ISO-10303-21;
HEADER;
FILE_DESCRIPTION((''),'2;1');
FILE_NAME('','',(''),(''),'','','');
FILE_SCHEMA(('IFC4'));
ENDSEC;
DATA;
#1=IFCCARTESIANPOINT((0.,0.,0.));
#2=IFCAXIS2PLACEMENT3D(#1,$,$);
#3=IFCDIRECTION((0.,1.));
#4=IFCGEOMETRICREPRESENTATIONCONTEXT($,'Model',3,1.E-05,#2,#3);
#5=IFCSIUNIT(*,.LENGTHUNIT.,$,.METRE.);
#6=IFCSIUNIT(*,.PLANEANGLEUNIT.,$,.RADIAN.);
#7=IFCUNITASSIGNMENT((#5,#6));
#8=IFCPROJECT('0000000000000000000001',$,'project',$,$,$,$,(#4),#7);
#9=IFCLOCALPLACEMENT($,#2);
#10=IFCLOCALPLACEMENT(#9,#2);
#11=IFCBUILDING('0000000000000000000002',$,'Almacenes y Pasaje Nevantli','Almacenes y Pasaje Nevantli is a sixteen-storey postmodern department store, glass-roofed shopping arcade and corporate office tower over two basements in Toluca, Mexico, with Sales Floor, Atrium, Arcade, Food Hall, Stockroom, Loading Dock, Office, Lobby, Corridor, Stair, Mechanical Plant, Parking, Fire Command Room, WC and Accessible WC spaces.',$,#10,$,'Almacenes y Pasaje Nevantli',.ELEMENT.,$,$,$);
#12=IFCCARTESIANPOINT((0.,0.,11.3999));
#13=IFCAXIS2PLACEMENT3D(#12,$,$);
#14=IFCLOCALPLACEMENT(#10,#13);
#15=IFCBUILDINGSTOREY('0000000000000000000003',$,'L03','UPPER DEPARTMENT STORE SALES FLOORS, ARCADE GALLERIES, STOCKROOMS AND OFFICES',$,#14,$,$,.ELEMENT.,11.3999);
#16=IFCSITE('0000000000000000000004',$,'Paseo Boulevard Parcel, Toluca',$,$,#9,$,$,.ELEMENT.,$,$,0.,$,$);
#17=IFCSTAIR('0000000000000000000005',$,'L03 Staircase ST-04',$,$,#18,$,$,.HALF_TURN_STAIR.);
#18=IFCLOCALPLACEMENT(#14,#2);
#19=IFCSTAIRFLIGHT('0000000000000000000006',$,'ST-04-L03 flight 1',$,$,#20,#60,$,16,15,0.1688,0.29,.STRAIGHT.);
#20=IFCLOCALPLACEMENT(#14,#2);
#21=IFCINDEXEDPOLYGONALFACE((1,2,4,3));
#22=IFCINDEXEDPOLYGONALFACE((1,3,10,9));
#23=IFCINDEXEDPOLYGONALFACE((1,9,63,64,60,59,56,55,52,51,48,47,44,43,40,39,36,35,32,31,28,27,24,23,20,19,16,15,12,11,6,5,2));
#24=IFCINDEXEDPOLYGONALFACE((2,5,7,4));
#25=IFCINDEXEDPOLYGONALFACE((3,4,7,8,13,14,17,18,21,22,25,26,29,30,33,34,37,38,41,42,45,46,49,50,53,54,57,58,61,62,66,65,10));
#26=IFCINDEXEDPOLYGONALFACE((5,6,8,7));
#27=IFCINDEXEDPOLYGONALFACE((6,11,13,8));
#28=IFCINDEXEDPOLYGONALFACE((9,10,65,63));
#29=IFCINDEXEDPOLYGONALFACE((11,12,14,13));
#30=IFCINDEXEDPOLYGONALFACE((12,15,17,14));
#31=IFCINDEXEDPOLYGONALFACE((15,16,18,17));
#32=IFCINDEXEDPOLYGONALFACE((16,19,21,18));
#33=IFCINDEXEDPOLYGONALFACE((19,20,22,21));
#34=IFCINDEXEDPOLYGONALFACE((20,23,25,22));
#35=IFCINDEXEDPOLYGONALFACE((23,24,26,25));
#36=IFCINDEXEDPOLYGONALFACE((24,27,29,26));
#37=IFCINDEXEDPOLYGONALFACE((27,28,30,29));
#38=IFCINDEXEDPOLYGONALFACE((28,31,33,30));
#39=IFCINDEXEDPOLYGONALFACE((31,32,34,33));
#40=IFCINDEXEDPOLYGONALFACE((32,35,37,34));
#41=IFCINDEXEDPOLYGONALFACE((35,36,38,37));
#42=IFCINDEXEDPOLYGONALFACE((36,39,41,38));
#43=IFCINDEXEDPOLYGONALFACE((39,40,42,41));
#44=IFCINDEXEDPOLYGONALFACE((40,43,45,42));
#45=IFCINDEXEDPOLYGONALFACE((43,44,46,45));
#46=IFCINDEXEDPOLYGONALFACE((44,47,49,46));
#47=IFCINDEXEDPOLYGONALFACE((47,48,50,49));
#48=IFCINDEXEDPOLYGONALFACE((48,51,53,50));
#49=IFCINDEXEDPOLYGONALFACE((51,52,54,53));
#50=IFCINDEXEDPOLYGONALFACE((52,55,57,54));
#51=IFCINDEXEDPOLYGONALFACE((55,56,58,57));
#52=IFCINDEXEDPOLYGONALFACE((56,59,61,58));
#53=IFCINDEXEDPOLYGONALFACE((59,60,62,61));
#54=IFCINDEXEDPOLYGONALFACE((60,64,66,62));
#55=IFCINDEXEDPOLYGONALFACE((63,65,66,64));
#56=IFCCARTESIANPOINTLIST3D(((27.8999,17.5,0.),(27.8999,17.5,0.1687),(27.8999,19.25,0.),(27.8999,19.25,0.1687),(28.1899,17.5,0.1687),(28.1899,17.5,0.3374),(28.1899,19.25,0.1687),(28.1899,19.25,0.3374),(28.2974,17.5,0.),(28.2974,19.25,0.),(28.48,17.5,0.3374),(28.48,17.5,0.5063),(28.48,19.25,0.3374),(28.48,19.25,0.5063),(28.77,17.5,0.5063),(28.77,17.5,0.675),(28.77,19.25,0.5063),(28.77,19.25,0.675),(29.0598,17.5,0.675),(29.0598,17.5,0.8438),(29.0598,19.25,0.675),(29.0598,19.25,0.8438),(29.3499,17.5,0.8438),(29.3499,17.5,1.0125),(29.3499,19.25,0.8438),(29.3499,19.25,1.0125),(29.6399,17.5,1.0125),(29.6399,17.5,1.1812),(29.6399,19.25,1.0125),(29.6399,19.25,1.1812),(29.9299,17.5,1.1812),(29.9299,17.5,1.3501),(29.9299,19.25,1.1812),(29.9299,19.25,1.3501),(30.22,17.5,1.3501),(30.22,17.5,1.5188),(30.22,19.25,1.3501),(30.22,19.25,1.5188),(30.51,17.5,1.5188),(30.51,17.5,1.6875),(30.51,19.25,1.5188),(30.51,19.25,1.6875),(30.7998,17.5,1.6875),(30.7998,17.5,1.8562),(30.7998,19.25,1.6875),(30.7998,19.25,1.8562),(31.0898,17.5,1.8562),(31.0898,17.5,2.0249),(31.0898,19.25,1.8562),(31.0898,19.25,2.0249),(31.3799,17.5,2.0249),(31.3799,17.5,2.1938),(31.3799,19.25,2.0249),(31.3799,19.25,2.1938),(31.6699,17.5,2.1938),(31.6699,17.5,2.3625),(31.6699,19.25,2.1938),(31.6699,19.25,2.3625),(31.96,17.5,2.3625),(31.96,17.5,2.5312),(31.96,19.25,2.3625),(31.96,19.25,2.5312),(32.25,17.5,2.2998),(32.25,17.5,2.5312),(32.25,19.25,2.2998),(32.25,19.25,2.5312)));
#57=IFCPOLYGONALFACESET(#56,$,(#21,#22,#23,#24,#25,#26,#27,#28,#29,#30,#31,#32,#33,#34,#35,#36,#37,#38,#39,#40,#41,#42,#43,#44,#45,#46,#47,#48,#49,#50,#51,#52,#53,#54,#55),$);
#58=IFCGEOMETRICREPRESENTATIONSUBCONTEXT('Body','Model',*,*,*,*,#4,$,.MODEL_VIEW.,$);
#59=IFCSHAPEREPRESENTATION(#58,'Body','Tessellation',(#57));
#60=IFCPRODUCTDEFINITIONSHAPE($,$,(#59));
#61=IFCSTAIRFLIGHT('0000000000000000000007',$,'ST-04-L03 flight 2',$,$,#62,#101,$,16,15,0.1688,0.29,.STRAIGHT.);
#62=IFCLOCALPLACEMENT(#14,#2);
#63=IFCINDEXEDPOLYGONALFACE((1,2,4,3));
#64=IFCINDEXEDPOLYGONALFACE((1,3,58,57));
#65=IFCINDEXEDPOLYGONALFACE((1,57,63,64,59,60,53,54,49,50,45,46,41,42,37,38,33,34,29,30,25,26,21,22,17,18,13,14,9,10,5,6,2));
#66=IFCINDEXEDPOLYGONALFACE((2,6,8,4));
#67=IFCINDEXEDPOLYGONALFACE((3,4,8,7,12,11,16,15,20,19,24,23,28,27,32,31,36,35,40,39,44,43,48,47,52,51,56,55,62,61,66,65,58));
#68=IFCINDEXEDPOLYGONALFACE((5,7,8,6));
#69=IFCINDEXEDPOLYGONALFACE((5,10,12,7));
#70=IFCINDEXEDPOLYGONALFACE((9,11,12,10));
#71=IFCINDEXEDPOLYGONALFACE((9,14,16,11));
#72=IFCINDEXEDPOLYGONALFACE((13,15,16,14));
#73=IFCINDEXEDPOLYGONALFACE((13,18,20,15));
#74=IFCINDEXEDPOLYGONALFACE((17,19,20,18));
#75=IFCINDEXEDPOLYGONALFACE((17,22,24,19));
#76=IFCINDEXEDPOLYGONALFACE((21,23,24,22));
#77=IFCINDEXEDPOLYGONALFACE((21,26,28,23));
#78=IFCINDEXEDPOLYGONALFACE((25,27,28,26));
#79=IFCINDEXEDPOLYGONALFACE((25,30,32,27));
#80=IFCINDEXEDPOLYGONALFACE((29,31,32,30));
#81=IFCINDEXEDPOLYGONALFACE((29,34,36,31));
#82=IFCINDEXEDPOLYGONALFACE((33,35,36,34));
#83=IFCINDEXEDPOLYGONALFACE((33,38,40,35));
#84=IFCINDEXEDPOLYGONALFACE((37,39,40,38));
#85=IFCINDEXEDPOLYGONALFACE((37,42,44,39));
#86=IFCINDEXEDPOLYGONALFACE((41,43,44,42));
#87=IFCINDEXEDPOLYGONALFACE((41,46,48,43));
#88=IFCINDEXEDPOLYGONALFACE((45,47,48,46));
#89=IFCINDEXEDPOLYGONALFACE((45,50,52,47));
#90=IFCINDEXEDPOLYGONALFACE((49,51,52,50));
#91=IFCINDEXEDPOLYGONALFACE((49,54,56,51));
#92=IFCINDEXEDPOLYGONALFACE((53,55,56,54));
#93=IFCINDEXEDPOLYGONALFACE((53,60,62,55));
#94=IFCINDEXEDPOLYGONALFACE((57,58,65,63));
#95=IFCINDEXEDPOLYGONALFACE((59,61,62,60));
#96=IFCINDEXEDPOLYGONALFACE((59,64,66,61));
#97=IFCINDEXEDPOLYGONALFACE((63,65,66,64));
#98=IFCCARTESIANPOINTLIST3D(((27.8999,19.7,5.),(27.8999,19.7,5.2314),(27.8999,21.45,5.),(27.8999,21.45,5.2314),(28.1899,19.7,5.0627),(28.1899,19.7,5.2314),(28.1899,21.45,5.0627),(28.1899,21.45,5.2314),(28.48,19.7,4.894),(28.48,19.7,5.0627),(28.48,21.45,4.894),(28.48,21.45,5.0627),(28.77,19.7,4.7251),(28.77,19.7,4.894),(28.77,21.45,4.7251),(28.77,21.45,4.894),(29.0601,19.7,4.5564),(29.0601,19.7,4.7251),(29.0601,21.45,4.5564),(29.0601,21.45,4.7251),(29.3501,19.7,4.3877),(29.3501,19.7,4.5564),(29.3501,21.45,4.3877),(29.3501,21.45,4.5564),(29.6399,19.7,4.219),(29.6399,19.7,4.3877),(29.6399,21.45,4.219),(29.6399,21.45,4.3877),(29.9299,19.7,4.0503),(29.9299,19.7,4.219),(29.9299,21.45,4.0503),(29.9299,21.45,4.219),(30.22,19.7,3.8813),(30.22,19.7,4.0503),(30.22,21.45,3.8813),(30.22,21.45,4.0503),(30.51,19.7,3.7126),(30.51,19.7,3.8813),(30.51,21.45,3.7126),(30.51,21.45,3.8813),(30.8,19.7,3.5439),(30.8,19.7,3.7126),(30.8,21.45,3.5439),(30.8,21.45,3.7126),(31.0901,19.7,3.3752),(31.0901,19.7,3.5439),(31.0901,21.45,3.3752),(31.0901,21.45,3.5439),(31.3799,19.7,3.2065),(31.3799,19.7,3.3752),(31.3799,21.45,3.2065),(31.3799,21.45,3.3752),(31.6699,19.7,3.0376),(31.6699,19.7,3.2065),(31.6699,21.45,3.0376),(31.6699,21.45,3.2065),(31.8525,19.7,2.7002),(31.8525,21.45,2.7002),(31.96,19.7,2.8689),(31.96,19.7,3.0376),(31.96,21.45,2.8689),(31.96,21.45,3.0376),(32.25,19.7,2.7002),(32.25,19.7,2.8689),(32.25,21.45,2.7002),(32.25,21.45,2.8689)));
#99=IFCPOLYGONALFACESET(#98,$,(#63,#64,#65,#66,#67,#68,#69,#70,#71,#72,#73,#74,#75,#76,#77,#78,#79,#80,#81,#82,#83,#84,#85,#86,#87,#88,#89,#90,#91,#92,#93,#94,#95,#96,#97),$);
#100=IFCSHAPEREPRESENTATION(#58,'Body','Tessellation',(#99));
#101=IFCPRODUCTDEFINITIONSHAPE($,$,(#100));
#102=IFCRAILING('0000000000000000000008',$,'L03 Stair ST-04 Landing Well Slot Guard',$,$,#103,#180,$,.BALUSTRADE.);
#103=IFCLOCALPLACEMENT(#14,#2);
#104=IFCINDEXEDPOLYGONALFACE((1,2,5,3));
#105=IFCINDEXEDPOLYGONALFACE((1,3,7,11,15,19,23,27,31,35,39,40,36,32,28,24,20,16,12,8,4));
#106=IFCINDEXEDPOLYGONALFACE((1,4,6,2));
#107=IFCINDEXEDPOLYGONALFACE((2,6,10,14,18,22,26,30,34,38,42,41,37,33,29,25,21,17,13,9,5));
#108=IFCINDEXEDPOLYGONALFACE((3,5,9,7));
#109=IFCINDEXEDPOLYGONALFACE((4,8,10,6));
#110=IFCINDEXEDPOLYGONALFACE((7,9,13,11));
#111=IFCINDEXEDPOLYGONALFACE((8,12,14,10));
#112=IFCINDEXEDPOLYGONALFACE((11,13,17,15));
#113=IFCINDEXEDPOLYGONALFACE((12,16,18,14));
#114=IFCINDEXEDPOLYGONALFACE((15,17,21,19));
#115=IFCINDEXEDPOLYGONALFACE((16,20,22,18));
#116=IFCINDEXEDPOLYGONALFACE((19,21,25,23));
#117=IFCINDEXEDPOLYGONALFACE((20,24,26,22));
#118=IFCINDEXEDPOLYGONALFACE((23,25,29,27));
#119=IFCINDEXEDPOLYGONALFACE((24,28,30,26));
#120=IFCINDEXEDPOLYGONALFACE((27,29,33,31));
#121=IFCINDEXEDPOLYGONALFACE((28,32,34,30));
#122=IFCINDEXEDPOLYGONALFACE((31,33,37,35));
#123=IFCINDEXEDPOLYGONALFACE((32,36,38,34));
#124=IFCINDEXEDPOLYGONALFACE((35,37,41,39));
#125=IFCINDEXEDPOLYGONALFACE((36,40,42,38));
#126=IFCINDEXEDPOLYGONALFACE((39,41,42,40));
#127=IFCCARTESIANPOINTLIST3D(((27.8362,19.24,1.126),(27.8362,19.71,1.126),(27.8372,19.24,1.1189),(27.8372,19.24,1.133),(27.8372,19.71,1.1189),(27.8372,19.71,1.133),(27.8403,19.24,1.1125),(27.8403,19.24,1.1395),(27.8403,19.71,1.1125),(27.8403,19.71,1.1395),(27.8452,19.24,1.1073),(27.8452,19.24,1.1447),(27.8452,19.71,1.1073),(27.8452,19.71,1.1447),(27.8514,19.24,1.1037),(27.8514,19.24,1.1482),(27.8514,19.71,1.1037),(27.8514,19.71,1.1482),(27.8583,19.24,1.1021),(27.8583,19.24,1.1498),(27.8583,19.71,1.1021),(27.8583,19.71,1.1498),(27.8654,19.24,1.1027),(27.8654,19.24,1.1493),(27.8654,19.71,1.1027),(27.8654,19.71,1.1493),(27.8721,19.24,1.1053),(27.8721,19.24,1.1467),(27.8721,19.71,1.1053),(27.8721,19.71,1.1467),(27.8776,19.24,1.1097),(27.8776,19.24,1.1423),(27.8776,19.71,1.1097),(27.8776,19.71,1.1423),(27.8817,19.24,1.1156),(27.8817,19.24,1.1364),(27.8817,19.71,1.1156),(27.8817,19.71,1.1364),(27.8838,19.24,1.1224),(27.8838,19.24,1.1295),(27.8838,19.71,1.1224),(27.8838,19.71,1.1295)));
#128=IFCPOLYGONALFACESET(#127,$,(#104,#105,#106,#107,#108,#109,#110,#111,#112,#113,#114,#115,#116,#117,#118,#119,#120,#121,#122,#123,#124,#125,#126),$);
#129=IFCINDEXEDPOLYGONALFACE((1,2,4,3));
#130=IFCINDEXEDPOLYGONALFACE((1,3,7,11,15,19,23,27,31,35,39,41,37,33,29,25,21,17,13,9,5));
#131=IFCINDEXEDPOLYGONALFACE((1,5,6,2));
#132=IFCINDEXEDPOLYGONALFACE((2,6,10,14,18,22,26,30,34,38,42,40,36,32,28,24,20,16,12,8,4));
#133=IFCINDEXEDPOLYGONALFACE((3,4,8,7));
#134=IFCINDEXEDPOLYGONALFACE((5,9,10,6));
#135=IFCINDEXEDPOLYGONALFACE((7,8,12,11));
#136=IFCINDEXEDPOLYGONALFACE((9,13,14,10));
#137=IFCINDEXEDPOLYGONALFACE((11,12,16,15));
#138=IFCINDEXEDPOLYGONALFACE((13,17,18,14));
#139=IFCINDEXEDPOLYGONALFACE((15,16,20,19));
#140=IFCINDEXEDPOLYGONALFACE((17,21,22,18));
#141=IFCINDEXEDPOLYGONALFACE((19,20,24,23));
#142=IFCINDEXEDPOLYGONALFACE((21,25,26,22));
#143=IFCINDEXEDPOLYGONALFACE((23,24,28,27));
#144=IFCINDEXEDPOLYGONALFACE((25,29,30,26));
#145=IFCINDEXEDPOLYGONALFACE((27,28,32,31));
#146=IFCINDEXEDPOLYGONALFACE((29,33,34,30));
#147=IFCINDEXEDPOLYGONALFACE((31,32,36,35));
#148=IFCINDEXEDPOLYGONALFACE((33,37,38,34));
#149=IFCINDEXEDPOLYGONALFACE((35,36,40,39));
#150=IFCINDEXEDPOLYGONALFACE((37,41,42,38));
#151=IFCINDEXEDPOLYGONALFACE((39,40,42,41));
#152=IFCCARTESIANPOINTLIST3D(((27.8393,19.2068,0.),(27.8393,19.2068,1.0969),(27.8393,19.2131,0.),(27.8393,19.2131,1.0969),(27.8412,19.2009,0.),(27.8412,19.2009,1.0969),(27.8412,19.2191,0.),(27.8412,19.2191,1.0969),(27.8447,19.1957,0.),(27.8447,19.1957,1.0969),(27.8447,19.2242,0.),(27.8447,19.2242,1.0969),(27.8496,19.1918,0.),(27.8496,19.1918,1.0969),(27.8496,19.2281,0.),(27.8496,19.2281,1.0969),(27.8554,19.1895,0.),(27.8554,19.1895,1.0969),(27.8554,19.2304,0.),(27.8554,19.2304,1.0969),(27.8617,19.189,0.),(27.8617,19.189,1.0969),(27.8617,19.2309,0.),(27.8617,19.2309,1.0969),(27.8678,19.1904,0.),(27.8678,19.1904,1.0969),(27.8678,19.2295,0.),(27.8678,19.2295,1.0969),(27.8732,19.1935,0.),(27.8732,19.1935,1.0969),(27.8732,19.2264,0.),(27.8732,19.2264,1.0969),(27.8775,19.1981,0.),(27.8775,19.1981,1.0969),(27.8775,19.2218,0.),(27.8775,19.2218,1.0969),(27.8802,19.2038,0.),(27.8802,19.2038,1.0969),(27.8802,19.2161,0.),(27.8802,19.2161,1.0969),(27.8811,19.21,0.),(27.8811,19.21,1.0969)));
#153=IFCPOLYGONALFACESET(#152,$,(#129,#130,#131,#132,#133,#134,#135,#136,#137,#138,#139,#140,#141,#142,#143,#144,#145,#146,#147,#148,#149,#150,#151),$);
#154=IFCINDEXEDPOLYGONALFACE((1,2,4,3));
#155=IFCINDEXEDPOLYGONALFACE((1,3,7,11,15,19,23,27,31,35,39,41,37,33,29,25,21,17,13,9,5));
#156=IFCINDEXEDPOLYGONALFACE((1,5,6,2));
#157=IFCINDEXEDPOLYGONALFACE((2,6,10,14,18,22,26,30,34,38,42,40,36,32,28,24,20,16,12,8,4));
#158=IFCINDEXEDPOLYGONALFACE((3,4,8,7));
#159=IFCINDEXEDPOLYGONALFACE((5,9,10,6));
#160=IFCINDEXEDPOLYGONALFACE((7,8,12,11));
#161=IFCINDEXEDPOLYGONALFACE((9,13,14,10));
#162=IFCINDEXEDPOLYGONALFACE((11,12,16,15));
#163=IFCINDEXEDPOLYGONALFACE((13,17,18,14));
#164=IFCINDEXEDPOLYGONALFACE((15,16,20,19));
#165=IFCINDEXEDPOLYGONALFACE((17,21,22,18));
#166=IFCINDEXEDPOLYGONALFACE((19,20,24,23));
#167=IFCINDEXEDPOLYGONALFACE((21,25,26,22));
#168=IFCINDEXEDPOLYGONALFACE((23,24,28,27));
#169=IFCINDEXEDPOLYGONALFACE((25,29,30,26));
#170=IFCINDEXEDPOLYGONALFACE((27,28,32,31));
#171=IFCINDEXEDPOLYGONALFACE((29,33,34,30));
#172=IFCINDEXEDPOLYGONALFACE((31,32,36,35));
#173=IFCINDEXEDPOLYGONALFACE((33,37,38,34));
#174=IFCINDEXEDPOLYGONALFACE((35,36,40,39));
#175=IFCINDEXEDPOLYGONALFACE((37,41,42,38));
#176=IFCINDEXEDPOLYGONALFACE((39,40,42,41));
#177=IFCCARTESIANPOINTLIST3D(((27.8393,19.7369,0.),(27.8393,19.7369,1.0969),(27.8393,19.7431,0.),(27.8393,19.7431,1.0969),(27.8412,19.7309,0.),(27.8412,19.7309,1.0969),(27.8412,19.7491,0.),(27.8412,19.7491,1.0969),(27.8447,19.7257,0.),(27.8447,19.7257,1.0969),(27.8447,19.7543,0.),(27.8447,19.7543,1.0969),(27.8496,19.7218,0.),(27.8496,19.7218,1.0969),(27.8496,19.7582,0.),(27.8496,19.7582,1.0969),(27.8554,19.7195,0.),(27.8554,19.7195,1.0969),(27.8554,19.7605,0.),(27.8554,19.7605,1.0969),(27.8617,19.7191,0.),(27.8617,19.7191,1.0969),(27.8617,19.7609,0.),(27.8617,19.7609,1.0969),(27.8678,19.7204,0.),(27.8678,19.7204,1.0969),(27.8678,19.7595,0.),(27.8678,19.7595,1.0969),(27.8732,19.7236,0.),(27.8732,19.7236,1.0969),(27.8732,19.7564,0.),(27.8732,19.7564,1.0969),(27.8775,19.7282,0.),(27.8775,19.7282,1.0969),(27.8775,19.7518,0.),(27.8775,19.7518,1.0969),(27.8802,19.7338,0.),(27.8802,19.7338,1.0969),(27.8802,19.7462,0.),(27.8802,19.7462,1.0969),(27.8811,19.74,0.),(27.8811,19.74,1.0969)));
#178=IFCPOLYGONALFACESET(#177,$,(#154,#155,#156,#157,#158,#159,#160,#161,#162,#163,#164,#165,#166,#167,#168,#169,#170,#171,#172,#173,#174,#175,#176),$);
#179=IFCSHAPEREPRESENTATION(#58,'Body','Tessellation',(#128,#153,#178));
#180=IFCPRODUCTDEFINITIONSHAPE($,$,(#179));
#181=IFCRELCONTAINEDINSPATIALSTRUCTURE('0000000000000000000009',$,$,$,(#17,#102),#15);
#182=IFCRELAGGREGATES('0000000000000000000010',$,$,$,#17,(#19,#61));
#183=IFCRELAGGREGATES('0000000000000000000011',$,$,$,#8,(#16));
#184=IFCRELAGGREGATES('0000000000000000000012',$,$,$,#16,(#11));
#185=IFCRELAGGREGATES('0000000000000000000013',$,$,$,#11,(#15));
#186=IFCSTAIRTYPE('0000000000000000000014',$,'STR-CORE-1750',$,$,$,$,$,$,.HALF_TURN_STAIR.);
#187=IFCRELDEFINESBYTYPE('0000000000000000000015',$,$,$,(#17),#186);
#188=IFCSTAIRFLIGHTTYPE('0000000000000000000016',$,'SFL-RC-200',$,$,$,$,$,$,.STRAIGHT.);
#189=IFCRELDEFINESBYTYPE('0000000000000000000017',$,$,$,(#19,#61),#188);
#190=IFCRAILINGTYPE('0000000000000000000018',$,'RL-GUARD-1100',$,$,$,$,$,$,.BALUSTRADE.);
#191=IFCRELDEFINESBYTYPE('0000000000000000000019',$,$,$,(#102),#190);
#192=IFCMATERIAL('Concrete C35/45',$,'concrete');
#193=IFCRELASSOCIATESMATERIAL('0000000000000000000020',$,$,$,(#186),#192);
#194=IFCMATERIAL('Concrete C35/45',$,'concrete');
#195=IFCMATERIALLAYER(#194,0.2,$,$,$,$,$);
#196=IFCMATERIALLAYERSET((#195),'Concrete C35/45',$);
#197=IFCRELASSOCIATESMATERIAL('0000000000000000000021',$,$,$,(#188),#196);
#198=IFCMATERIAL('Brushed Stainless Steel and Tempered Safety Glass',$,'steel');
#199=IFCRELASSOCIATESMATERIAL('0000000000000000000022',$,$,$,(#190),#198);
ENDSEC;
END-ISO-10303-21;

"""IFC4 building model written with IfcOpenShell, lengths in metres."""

from ifc_helpers import new_model, si_unit, direction, frame, origin, origin_2d, place, context, subcontext, project, spatial, polyline, circle, outline, extrude, material, layer, layer_set, type_object, element, aggregate, save


model = new_model("IFC4")

# Units and contexts
model_context = context("Model", 3, precision=1e-05, world=origin(), true_north=direction((0.0, 1.0)))
body_context = subcontext(model_context, "Body", "Model", "MODEL_VIEW")
ifc_project = project(units=[si_unit("LENGTHUNIT", "METRE"), si_unit("PLANEANGLEUNIT", "RADIAN")], contexts=[model_context])

# Site, building, storey
site_placement = place(None, origin())
site = spatial("IfcSite", under=ifc_project, at=site_placement, Name="Paseo Boulevard Parcel, Toluca", CompositionType="ELEMENT", RefElevation=0.0)
building_placement = place(site_placement, origin())
building = spatial("IfcBuilding", under=site, at=building_placement, Name="Almacenes y Pasaje Nevantli", Description="Almacenes y Pasaje Nevantli is a sixteen-storey postmodern department store, glass-roofed shopping arcade and corporate office tower over two basements in Toluca, Mexico, with Sales Floor, Atrium, Arcade, Food Hall, Stockroom, Loading Dock, Office, Lobby, Corridor, Stair, Mechanical Plant, Parking, Fire Command Room, WC and Accessible WC spaces.", LongName="Almacenes y Pasaje Nevantli", CompositionType="ELEMENT")
storey_placement = place(building_placement, frame((0.0, 0.0, 11.3999)))
storey = spatial("IfcBuildingStorey", under=building, at=storey_placement, Name="L03", Description="UPPER DEPARTMENT STORE SALES FLOORS, ARCADE GALLERIES, STOCKROOMS AND OFFICES", CompositionType="ELEMENT", Elevation=11.3999)

# Stair, stair flights
ifc_material_1 = material(Name="Concrete C35/45", Category="concrete")
stair_type = type_object("IfcStairType", Name="STR-CORE-1750", PredefinedType="HALF_TURN_STAIR", material=ifc_material_1)
stair_placement = place(storey_placement, origin())
stair = element("IfcStair", 1, at=stair_placement, inside=storey, type_object=stair_type, Name="L03 Staircase ST-04", PredefinedType="HALF_TURN_STAIR")
ifc_material_2 = material(Name="Concrete C35/45", Category="concrete")
ifc_layer_1 = layer(ifc_material_2, 0.2)
ifc_layer_set_1 = layer_set([ifc_layer_1], Name="Concrete C35/45")
stair_flight_type = type_object("IfcStairFlightType", Name="SFL-RC-200", PredefinedType="STRAIGHT", material=ifc_layer_set_1)
stair_flight_1_placement = place(storey_placement, frame((27.8999, 18.375, 0.0), z_axis=(0.0, 0.0, 1.0), x_axis=(1.0, 0.0, 0.0)))
stair_flight_1 = element("IfcStairFlight", 2, at=stair_flight_1_placement, type_object=stair_flight_type, Name="ST-04-L03 flight 1", NumberOfRisers=16, NumberOfTreads=15, PredefinedType="STRAIGHT", RiserHeight=0.1688, TreadLength=0.29, context=body_context, shape_type="SweptSolid", body=[
    extrude(outline(polyline([(0.0, 0.0), (0.0, 0.1687), (0.29, 0.1687), (0.29, 0.3374), (0.5801, 0.3374), (0.5801, 0.5063), (0.8701, 0.5063), (0.8701, 0.675), (1.1599, 0.675), (1.1599, 0.8438), (1.45, 0.8438), (1.45, 1.0125), (1.74, 1.0125), (1.74, 1.1812), (2.03, 1.1812), (2.03, 1.3501), (2.3201, 1.3501), (2.3201, 1.5188), (2.6101, 1.5188), (2.6101, 1.6875), (2.8999, 1.6875), (2.8999, 1.8562), (3.1899, 1.8562), (3.1899, 2.0249), (3.48, 2.0249), (3.48, 2.1938), (3.77, 2.1938), (3.77, 2.3625), (4.0601, 2.3625), (4.0601, 2.5312), (4.3501, 2.5312), (4.3501, 2.7), (4.3501, 2.2998), (0.3975, 0.0), (0.0, 0.0)])), frame((0.0, 0.875, 0.0), z_axis=(0.0, -1.0, 0.0), x_axis=(1.0, 0.0, 0.0)), (0.0, 0.0, 1.0), 1.75),
])
stair_flight_2_placement = place(storey_placement, frame((32.25, 20.575, 2.7002), z_axis=(0.0, 0.0, 1.0), x_axis=(-1.0, 0.0, 0.0)))
stair_flight_2 = element("IfcStairFlight", 3, at=stair_flight_2_placement, type_object=stair_flight_type, Name="ST-04-L03 flight 2", NumberOfRisers=16, NumberOfTreads=15, PredefinedType="STRAIGHT", RiserHeight=0.1688, TreadLength=0.29, context=body_context, shape_type="SweptSolid", body=[
    extrude(outline(polyline([(0.0, 0.0), (0.0, 0.1687), (0.29, 0.1687), (0.29, 0.3374), (0.5801, 0.3374), (0.5801, 0.5063), (0.8701, 0.5063), (0.8701, 0.675), (1.1599, 0.675), (1.1599, 0.8438), (1.45, 0.8438), (1.45, 1.0125), (1.74, 1.0125), (1.74, 1.1812), (2.03, 1.1812), (2.03, 1.3501), (2.3201, 1.3501), (2.3201, 1.5188), (2.6101, 1.5188), (2.6101, 1.6875), (2.8999, 1.6875), (2.8999, 1.8562), (3.1899, 1.8562), (3.1899, 2.0249), (3.48, 2.0249), (3.48, 2.1938), (3.77, 2.1938), (3.77, 2.3625), (4.0601, 2.3625), (4.0601, 2.5312), (4.3501, 2.5312), (4.3501, 2.7), (4.3501, 2.2998), (0.3975, 0.0), (0.0, 0.0)])), frame((0.0, 0.875, 0.0), z_axis=(0.0, -1.0, 0.0), x_axis=(1.0, 0.0, 0.0)), (0.0, 0.0, 1.0), 1.75),
])
aggregate(stair, [stair_flight_1, stair_flight_2])

# Railing
ifc_material_3 = material(Name="Brushed Stainless Steel and Tempered Safety Glass", Category="steel")
railing_type_1 = type_object("IfcRailingType", Name="RL-GUARD-1100", PredefinedType="BALUSTRADE", material=ifc_material_3)
railing_1_placement = place(storey_placement, frame((27.8601, 19.21, 0.0)))
element("IfcRailing", 4, at=railing_1_placement, inside=storey, type_object=railing_type_1, Name="L03 Stair ST-04 Landing Well Slot Guard", PredefinedType="BALUSTRADE", context=body_context, shape_type="SweptSolid", body=[
    extrude(circle(Radius=0.0239, at=origin_2d()), frame((0.0, 0.03, 1.126), z_axis=(0.0, 1.0, 0.0), x_axis=(-1.0, 0.0, 0.0)), (0.0, 0.0, 1.0), 0.47),
    extrude(circle(Radius=0.021, at=origin_2d()), origin(), (0.0, 0.0, 1.0), 1.0969),
    extrude(circle(Radius=0.021, at=origin_2d()), frame((0.0, 0.53, 0.0)), (0.0, 0.0, 1.0), 1.0969),
])

save(model, "model.ifc")
